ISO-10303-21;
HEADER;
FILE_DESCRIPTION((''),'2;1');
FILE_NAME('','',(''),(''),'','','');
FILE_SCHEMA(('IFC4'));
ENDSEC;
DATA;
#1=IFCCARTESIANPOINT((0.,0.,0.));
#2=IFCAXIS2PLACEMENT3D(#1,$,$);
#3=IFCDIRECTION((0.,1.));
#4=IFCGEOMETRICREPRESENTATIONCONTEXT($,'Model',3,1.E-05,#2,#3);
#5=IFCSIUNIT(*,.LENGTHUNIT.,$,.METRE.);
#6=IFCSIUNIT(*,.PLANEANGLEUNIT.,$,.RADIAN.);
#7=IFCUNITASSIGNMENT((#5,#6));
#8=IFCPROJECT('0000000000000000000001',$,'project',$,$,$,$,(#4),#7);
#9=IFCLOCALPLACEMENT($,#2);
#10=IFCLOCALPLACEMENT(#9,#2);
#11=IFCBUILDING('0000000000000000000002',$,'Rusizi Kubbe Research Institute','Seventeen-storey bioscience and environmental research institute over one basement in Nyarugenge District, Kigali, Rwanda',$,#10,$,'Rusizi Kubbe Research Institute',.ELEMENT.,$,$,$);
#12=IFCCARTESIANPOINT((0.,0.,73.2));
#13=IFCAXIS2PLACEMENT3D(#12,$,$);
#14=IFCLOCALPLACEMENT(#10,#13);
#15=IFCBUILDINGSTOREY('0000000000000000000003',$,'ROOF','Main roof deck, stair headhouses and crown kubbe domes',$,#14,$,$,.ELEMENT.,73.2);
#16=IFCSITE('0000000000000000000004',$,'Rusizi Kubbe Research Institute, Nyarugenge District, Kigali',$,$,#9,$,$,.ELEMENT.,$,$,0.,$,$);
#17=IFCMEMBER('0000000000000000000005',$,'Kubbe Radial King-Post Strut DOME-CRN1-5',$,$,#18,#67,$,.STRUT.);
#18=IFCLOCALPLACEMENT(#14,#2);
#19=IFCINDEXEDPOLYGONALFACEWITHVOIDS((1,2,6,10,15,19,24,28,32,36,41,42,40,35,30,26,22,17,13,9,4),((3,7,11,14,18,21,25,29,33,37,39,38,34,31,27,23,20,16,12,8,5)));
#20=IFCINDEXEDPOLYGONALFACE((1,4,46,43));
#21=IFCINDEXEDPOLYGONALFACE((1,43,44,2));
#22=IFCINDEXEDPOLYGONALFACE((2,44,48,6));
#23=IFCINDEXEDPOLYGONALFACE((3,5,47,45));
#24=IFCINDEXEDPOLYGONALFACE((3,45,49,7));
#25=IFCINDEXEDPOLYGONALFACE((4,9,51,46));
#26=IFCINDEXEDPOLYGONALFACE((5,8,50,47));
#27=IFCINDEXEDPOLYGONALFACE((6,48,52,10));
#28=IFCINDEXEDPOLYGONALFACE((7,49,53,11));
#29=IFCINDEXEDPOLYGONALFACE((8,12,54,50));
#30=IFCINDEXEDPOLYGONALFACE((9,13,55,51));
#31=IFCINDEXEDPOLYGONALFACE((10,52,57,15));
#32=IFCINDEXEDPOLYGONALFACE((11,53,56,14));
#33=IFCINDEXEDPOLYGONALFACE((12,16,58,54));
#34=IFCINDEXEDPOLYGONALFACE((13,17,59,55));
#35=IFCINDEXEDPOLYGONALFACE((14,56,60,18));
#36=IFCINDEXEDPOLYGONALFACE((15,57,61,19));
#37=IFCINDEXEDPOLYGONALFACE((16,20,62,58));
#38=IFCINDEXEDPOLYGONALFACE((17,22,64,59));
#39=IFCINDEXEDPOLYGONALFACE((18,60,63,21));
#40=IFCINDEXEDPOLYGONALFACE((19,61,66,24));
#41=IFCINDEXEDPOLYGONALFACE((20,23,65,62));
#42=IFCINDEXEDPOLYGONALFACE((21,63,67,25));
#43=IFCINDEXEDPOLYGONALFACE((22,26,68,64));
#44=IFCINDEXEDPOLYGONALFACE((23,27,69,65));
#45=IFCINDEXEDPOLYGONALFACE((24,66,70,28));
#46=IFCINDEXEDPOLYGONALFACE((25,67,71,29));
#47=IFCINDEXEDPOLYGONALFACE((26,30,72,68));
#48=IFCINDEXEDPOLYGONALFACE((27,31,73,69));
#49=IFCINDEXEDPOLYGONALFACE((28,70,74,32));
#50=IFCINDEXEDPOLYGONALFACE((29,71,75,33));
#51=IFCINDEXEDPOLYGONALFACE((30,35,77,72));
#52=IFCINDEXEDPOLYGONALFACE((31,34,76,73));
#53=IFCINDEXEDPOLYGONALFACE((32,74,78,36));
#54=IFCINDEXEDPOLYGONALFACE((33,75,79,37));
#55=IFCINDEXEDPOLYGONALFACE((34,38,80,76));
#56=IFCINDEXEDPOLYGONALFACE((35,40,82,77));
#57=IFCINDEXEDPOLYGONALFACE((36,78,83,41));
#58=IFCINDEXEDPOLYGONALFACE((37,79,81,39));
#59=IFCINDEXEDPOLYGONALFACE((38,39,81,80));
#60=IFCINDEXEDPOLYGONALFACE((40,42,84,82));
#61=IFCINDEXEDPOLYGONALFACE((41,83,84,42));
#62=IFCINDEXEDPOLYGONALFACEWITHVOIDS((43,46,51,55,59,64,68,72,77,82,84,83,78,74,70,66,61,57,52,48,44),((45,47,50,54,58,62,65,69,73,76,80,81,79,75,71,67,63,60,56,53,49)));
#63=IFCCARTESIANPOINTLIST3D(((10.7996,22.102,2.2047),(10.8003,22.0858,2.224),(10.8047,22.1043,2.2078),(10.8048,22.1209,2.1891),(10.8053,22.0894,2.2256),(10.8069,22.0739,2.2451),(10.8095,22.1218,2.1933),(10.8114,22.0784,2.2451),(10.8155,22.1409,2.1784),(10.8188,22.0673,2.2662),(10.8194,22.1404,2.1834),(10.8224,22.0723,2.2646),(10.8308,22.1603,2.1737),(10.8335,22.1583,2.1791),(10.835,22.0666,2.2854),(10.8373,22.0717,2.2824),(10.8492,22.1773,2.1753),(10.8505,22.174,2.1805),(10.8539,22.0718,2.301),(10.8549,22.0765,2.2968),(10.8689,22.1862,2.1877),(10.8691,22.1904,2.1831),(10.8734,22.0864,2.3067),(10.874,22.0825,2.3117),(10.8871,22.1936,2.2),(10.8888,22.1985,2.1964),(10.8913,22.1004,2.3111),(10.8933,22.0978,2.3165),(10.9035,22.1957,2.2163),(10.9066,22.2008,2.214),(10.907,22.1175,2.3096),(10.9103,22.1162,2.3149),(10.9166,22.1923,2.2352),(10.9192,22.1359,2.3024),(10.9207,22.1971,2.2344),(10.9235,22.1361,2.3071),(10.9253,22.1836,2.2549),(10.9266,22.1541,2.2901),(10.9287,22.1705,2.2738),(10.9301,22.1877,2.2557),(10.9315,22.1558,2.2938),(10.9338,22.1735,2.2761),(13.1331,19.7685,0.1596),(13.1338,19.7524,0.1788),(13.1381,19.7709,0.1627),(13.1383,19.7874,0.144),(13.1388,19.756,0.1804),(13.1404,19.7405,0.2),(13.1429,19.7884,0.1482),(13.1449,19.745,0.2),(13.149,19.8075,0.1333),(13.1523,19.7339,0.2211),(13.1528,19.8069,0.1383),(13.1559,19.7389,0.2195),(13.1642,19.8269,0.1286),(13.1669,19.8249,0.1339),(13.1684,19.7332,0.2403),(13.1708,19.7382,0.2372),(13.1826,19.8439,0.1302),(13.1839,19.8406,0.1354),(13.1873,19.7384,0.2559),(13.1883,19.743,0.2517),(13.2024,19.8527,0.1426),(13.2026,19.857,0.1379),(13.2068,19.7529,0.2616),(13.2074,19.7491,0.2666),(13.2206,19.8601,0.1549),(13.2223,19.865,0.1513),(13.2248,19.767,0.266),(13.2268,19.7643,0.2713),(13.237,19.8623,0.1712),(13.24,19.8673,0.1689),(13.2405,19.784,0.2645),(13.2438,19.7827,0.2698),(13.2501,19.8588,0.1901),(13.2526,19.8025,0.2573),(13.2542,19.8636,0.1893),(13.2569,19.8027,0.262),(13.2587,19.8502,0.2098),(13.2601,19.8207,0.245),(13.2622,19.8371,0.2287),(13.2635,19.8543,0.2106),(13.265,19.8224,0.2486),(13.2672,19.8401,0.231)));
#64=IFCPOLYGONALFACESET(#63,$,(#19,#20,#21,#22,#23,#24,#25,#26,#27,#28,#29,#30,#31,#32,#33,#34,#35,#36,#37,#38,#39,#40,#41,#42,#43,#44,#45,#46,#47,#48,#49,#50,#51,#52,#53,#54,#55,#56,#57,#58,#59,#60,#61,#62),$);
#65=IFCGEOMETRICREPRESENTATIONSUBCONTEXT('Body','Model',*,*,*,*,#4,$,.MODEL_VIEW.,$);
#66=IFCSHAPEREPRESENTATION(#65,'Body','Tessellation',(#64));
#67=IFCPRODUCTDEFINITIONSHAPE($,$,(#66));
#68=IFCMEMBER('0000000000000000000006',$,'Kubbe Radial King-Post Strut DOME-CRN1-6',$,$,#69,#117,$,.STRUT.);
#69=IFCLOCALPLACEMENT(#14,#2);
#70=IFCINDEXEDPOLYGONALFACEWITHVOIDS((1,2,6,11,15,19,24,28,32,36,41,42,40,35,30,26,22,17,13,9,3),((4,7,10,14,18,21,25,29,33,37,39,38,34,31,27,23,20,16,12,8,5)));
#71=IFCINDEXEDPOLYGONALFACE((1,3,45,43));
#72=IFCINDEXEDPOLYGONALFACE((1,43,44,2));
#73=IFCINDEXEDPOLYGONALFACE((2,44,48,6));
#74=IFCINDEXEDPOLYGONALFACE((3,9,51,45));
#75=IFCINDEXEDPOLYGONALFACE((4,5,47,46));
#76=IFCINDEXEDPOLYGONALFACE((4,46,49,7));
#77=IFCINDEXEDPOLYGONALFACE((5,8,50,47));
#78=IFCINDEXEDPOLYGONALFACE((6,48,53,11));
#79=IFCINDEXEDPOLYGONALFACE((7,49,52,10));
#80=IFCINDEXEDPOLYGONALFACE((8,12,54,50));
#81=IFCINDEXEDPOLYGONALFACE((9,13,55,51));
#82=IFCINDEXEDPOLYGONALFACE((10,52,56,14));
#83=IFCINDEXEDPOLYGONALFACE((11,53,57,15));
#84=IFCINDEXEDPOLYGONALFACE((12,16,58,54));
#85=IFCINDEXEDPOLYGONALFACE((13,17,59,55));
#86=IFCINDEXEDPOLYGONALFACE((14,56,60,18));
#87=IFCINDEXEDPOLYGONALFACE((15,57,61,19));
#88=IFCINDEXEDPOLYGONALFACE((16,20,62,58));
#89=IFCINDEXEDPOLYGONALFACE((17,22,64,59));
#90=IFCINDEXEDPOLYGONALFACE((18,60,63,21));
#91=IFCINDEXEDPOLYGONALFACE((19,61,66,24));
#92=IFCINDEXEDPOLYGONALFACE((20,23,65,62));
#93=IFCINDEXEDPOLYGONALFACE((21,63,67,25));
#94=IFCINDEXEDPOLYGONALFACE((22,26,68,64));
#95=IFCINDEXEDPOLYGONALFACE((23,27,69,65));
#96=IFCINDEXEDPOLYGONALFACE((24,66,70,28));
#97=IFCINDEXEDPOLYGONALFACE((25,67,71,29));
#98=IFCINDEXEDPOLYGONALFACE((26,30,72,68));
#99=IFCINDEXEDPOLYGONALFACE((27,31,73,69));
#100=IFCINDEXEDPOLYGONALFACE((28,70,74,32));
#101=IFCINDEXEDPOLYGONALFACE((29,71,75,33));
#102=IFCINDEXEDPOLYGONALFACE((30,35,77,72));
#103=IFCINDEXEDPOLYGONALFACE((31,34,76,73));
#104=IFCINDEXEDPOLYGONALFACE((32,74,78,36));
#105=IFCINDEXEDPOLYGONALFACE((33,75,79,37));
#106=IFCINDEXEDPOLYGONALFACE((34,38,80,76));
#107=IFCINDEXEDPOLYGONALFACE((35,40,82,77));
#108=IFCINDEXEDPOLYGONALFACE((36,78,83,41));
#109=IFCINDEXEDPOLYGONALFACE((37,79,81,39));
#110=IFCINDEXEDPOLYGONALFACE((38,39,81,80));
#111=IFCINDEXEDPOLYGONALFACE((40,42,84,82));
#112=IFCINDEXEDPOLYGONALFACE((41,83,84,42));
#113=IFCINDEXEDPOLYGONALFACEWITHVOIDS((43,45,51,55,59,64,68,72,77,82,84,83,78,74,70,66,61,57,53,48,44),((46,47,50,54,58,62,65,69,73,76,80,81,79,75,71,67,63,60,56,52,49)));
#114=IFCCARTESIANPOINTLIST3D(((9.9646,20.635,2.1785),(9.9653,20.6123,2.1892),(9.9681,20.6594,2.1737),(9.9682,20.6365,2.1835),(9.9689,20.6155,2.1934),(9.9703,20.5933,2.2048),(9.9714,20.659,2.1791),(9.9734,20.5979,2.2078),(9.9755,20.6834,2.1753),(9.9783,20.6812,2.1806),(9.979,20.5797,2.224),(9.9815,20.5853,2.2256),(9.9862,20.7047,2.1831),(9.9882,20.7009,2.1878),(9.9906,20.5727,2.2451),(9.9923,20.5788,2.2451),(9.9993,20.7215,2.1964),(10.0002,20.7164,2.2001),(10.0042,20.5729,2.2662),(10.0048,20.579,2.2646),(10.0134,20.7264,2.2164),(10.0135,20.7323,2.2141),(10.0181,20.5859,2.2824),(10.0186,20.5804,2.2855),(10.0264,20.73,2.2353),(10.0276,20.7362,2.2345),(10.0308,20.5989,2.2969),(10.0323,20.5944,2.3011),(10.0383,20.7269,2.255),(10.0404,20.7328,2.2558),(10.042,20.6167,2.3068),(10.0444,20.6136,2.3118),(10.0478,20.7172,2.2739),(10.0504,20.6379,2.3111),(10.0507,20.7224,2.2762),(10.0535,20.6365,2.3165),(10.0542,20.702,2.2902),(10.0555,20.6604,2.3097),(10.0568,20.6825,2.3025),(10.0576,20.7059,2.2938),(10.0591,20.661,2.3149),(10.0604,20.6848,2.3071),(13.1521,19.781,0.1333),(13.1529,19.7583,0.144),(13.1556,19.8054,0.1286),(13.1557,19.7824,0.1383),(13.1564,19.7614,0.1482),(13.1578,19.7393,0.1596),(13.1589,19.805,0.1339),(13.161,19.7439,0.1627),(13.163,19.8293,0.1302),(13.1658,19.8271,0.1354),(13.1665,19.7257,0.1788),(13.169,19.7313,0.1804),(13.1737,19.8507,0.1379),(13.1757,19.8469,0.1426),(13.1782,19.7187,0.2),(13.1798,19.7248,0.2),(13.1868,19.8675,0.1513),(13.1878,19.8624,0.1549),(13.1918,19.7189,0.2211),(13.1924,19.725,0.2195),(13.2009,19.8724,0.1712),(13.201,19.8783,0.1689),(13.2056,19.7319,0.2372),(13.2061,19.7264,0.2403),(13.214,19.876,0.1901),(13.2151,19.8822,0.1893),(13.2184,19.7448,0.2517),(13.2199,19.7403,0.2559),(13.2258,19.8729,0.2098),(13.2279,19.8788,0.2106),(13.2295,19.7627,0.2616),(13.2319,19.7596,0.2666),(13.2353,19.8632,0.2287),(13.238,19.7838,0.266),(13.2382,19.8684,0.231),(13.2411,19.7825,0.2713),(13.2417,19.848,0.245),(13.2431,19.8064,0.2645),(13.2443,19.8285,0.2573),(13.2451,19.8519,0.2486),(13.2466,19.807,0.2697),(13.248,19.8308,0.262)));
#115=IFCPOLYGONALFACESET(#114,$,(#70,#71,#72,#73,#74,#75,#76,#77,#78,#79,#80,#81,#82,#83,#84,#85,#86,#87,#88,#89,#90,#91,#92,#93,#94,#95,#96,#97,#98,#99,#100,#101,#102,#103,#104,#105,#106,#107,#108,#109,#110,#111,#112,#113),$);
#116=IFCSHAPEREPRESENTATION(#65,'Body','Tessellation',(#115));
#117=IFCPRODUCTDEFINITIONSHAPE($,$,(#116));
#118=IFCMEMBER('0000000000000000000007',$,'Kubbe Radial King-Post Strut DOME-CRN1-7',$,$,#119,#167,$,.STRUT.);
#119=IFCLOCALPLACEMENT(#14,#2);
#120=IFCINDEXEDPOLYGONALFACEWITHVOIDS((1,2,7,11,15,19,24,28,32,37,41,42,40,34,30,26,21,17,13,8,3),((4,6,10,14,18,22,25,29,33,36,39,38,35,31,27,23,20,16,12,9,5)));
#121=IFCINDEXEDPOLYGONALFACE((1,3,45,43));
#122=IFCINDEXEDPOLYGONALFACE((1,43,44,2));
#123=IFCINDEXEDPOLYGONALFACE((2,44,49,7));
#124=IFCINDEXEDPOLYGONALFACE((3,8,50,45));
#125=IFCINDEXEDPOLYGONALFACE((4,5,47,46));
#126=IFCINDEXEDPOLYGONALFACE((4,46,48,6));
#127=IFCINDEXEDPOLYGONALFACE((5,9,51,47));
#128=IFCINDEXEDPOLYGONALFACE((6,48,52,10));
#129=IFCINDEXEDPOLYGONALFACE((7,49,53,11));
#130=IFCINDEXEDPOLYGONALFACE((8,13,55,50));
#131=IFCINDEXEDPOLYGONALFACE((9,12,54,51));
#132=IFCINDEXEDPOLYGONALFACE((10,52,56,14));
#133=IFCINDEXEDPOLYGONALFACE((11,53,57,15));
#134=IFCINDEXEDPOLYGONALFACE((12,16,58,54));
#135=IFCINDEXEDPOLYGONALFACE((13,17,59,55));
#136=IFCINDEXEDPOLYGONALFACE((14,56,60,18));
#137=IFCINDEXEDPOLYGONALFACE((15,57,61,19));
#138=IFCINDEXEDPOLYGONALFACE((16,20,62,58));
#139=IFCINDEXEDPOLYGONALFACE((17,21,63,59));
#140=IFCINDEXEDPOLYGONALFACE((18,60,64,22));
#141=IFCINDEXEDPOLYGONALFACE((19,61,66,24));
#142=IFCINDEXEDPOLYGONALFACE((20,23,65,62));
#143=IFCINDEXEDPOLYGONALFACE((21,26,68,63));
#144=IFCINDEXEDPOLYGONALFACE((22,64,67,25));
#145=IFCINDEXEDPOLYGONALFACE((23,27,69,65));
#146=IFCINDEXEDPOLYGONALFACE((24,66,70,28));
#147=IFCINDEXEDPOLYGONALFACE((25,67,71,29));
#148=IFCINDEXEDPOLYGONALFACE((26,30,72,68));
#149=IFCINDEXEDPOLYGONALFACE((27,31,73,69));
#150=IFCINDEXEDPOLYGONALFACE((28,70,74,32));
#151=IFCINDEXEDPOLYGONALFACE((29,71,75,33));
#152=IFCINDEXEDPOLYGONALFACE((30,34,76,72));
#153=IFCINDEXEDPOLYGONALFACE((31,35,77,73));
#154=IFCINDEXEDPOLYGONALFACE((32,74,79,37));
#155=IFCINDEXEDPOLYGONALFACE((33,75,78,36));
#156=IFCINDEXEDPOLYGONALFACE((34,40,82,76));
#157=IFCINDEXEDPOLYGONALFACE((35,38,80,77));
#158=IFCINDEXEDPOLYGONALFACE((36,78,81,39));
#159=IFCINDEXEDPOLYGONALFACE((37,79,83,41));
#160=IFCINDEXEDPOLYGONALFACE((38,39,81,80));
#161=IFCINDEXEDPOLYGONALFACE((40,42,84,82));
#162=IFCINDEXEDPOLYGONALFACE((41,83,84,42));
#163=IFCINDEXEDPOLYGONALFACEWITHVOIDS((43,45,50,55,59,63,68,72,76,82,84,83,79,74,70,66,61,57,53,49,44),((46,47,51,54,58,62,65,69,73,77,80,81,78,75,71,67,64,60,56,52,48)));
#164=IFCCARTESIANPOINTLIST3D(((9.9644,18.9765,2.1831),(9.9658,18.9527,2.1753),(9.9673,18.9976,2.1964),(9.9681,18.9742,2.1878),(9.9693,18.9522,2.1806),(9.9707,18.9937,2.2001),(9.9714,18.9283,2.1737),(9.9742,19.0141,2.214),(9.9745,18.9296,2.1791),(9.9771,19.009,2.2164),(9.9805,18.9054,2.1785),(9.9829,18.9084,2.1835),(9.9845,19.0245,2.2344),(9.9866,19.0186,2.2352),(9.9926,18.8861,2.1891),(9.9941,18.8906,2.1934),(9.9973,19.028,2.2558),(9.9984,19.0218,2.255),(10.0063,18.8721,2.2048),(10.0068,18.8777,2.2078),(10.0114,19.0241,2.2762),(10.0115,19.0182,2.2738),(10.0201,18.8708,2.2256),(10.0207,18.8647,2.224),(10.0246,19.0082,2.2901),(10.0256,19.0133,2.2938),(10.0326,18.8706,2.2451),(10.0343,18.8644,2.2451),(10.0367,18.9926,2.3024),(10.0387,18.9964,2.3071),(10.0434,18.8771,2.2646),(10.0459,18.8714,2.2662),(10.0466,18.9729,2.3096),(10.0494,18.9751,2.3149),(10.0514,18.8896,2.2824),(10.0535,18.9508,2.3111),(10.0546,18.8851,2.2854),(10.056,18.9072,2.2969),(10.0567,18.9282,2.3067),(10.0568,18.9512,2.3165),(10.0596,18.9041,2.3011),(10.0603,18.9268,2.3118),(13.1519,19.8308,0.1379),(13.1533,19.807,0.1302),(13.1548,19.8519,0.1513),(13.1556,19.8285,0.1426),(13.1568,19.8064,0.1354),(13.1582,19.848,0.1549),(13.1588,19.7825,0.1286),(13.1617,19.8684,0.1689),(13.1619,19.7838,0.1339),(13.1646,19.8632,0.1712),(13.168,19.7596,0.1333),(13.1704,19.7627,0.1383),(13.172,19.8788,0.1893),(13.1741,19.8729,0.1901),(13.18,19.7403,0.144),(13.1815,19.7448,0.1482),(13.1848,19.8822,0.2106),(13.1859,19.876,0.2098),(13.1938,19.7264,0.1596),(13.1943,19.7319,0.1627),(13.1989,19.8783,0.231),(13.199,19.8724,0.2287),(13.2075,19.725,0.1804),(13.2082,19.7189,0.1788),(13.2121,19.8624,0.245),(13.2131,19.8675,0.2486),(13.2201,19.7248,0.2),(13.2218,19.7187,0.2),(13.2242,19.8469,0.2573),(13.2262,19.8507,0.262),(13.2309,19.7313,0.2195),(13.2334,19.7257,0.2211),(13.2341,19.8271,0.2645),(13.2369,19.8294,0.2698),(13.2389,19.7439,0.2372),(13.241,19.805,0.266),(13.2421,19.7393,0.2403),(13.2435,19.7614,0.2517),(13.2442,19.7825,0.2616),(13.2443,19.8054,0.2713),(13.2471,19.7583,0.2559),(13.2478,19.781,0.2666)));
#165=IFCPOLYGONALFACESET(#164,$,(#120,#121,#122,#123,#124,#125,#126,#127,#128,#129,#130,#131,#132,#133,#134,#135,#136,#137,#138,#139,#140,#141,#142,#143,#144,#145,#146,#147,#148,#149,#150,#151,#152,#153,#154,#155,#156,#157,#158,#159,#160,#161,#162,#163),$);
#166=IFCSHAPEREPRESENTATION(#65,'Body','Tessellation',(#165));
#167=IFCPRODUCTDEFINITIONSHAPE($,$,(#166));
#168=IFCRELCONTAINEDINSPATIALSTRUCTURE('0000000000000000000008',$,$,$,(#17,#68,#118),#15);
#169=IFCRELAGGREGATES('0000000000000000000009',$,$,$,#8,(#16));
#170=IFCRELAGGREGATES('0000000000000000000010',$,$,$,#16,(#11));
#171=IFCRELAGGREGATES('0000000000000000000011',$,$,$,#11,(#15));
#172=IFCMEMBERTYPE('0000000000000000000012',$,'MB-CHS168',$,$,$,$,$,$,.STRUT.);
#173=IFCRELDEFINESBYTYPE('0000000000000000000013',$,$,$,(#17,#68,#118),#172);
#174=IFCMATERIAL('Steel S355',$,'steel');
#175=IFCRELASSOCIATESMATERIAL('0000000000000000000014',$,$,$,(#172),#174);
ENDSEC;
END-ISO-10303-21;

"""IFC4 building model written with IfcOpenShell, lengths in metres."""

from ifc_helpers import new_model, si_unit, direction, frame, origin, origin_2d, place, context, subcontext, project, spatial, hollow_circle, extrude, material, material_profile, profile_set, type_object, element, save


model = new_model("IFC4")

# Units and contexts
model_context = context("Model", 3, precision=1e-05, world=origin(), true_north=direction((0.0, 1.0)))
body_context = subcontext(model_context, "Body", "Model", "MODEL_VIEW")
ifc_project = project(units=[si_unit("LENGTHUNIT", "METRE"), si_unit("PLANEANGLEUNIT", "RADIAN")], contexts=[model_context])

# Site, building, storey
site_placement = place(None, origin())
site = spatial("IfcSite", under=ifc_project, at=site_placement, Name="Rusizi Kubbe Research Institute, Nyarugenge District, Kigali", CompositionType="ELEMENT", RefElevation=0.0)
building_placement = place(site_placement, origin())
building = spatial("IfcBuilding", under=site, at=building_placement, Name="Rusizi Kubbe Research Institute", Description="Seventeen-storey bioscience and environmental research institute over one basement in Nyarugenge District, Kigali, Rwanda", LongName="Rusizi Kubbe Research Institute", CompositionType="ELEMENT")
storey_placement = place(building_placement, frame((0.0, 0.0, 73.2)))
storey = spatial("IfcBuildingStorey", under=building, at=storey_placement, Name="ROOF", Description="Main roof deck, stair headhouses and crown kubbe domes", CompositionType="ELEMENT", Elevation=73.2)

# Members
ifc_material_1 = material(Name="Steel S355", Category="steel")
ifc_material_profile_1 = material_profile(ifc_material_1, hollow_circle(Radius=0.0842, WallThickness=0.0063, at=origin_2d()), Name="CHS 168.3x6.3")
ifc_profile_set_1 = profile_set([ifc_material_profile_1], Name="Steel S355")
member_type_1 = type_object("IfcMemberType", Name="MB-CHS168", PredefinedType="STRUT", material=ifc_profile_set_1)
for number, where, z_axis, x_axis, name in (
    (1, (13.2, 19.8, 0.2), (-0.601043, 0.601043, 0.526777), (-0.707107, -0.707107, 0.0), "Kubbe Radial King-Post Strut DOME-CRN1-5"),
    (2, (13.2, 19.8, 0.2), (-0.821036, 0.219974, 0.526794), (-0.258795, -0.965932, 0.0), "Kubbe Radial King-Post Strut DOME-CRN1-6"),
    (3, (13.2, 19.8, 0.2), (-0.821024, -0.220034, 0.526786), (0.258864, -0.965914, 0.0), "Kubbe Radial King-Post Strut DOME-CRN1-7"),
):
    element("IfcMember", number, at=place(storey_placement, frame(where, z_axis=z_axis, x_axis=x_axis)), inside=storey, type_object=member_type_1, Name=name, PredefinedType="STRUT", context=body_context, shape_type="SweptSolid", body=[
        extrude(hollow_circle(Radius=0.0842, WallThickness=0.0063, at=origin_2d()), origin(), (0.0, 0.0, 1.0), 3.8823),
    ])

save(model, "model.ifc")
